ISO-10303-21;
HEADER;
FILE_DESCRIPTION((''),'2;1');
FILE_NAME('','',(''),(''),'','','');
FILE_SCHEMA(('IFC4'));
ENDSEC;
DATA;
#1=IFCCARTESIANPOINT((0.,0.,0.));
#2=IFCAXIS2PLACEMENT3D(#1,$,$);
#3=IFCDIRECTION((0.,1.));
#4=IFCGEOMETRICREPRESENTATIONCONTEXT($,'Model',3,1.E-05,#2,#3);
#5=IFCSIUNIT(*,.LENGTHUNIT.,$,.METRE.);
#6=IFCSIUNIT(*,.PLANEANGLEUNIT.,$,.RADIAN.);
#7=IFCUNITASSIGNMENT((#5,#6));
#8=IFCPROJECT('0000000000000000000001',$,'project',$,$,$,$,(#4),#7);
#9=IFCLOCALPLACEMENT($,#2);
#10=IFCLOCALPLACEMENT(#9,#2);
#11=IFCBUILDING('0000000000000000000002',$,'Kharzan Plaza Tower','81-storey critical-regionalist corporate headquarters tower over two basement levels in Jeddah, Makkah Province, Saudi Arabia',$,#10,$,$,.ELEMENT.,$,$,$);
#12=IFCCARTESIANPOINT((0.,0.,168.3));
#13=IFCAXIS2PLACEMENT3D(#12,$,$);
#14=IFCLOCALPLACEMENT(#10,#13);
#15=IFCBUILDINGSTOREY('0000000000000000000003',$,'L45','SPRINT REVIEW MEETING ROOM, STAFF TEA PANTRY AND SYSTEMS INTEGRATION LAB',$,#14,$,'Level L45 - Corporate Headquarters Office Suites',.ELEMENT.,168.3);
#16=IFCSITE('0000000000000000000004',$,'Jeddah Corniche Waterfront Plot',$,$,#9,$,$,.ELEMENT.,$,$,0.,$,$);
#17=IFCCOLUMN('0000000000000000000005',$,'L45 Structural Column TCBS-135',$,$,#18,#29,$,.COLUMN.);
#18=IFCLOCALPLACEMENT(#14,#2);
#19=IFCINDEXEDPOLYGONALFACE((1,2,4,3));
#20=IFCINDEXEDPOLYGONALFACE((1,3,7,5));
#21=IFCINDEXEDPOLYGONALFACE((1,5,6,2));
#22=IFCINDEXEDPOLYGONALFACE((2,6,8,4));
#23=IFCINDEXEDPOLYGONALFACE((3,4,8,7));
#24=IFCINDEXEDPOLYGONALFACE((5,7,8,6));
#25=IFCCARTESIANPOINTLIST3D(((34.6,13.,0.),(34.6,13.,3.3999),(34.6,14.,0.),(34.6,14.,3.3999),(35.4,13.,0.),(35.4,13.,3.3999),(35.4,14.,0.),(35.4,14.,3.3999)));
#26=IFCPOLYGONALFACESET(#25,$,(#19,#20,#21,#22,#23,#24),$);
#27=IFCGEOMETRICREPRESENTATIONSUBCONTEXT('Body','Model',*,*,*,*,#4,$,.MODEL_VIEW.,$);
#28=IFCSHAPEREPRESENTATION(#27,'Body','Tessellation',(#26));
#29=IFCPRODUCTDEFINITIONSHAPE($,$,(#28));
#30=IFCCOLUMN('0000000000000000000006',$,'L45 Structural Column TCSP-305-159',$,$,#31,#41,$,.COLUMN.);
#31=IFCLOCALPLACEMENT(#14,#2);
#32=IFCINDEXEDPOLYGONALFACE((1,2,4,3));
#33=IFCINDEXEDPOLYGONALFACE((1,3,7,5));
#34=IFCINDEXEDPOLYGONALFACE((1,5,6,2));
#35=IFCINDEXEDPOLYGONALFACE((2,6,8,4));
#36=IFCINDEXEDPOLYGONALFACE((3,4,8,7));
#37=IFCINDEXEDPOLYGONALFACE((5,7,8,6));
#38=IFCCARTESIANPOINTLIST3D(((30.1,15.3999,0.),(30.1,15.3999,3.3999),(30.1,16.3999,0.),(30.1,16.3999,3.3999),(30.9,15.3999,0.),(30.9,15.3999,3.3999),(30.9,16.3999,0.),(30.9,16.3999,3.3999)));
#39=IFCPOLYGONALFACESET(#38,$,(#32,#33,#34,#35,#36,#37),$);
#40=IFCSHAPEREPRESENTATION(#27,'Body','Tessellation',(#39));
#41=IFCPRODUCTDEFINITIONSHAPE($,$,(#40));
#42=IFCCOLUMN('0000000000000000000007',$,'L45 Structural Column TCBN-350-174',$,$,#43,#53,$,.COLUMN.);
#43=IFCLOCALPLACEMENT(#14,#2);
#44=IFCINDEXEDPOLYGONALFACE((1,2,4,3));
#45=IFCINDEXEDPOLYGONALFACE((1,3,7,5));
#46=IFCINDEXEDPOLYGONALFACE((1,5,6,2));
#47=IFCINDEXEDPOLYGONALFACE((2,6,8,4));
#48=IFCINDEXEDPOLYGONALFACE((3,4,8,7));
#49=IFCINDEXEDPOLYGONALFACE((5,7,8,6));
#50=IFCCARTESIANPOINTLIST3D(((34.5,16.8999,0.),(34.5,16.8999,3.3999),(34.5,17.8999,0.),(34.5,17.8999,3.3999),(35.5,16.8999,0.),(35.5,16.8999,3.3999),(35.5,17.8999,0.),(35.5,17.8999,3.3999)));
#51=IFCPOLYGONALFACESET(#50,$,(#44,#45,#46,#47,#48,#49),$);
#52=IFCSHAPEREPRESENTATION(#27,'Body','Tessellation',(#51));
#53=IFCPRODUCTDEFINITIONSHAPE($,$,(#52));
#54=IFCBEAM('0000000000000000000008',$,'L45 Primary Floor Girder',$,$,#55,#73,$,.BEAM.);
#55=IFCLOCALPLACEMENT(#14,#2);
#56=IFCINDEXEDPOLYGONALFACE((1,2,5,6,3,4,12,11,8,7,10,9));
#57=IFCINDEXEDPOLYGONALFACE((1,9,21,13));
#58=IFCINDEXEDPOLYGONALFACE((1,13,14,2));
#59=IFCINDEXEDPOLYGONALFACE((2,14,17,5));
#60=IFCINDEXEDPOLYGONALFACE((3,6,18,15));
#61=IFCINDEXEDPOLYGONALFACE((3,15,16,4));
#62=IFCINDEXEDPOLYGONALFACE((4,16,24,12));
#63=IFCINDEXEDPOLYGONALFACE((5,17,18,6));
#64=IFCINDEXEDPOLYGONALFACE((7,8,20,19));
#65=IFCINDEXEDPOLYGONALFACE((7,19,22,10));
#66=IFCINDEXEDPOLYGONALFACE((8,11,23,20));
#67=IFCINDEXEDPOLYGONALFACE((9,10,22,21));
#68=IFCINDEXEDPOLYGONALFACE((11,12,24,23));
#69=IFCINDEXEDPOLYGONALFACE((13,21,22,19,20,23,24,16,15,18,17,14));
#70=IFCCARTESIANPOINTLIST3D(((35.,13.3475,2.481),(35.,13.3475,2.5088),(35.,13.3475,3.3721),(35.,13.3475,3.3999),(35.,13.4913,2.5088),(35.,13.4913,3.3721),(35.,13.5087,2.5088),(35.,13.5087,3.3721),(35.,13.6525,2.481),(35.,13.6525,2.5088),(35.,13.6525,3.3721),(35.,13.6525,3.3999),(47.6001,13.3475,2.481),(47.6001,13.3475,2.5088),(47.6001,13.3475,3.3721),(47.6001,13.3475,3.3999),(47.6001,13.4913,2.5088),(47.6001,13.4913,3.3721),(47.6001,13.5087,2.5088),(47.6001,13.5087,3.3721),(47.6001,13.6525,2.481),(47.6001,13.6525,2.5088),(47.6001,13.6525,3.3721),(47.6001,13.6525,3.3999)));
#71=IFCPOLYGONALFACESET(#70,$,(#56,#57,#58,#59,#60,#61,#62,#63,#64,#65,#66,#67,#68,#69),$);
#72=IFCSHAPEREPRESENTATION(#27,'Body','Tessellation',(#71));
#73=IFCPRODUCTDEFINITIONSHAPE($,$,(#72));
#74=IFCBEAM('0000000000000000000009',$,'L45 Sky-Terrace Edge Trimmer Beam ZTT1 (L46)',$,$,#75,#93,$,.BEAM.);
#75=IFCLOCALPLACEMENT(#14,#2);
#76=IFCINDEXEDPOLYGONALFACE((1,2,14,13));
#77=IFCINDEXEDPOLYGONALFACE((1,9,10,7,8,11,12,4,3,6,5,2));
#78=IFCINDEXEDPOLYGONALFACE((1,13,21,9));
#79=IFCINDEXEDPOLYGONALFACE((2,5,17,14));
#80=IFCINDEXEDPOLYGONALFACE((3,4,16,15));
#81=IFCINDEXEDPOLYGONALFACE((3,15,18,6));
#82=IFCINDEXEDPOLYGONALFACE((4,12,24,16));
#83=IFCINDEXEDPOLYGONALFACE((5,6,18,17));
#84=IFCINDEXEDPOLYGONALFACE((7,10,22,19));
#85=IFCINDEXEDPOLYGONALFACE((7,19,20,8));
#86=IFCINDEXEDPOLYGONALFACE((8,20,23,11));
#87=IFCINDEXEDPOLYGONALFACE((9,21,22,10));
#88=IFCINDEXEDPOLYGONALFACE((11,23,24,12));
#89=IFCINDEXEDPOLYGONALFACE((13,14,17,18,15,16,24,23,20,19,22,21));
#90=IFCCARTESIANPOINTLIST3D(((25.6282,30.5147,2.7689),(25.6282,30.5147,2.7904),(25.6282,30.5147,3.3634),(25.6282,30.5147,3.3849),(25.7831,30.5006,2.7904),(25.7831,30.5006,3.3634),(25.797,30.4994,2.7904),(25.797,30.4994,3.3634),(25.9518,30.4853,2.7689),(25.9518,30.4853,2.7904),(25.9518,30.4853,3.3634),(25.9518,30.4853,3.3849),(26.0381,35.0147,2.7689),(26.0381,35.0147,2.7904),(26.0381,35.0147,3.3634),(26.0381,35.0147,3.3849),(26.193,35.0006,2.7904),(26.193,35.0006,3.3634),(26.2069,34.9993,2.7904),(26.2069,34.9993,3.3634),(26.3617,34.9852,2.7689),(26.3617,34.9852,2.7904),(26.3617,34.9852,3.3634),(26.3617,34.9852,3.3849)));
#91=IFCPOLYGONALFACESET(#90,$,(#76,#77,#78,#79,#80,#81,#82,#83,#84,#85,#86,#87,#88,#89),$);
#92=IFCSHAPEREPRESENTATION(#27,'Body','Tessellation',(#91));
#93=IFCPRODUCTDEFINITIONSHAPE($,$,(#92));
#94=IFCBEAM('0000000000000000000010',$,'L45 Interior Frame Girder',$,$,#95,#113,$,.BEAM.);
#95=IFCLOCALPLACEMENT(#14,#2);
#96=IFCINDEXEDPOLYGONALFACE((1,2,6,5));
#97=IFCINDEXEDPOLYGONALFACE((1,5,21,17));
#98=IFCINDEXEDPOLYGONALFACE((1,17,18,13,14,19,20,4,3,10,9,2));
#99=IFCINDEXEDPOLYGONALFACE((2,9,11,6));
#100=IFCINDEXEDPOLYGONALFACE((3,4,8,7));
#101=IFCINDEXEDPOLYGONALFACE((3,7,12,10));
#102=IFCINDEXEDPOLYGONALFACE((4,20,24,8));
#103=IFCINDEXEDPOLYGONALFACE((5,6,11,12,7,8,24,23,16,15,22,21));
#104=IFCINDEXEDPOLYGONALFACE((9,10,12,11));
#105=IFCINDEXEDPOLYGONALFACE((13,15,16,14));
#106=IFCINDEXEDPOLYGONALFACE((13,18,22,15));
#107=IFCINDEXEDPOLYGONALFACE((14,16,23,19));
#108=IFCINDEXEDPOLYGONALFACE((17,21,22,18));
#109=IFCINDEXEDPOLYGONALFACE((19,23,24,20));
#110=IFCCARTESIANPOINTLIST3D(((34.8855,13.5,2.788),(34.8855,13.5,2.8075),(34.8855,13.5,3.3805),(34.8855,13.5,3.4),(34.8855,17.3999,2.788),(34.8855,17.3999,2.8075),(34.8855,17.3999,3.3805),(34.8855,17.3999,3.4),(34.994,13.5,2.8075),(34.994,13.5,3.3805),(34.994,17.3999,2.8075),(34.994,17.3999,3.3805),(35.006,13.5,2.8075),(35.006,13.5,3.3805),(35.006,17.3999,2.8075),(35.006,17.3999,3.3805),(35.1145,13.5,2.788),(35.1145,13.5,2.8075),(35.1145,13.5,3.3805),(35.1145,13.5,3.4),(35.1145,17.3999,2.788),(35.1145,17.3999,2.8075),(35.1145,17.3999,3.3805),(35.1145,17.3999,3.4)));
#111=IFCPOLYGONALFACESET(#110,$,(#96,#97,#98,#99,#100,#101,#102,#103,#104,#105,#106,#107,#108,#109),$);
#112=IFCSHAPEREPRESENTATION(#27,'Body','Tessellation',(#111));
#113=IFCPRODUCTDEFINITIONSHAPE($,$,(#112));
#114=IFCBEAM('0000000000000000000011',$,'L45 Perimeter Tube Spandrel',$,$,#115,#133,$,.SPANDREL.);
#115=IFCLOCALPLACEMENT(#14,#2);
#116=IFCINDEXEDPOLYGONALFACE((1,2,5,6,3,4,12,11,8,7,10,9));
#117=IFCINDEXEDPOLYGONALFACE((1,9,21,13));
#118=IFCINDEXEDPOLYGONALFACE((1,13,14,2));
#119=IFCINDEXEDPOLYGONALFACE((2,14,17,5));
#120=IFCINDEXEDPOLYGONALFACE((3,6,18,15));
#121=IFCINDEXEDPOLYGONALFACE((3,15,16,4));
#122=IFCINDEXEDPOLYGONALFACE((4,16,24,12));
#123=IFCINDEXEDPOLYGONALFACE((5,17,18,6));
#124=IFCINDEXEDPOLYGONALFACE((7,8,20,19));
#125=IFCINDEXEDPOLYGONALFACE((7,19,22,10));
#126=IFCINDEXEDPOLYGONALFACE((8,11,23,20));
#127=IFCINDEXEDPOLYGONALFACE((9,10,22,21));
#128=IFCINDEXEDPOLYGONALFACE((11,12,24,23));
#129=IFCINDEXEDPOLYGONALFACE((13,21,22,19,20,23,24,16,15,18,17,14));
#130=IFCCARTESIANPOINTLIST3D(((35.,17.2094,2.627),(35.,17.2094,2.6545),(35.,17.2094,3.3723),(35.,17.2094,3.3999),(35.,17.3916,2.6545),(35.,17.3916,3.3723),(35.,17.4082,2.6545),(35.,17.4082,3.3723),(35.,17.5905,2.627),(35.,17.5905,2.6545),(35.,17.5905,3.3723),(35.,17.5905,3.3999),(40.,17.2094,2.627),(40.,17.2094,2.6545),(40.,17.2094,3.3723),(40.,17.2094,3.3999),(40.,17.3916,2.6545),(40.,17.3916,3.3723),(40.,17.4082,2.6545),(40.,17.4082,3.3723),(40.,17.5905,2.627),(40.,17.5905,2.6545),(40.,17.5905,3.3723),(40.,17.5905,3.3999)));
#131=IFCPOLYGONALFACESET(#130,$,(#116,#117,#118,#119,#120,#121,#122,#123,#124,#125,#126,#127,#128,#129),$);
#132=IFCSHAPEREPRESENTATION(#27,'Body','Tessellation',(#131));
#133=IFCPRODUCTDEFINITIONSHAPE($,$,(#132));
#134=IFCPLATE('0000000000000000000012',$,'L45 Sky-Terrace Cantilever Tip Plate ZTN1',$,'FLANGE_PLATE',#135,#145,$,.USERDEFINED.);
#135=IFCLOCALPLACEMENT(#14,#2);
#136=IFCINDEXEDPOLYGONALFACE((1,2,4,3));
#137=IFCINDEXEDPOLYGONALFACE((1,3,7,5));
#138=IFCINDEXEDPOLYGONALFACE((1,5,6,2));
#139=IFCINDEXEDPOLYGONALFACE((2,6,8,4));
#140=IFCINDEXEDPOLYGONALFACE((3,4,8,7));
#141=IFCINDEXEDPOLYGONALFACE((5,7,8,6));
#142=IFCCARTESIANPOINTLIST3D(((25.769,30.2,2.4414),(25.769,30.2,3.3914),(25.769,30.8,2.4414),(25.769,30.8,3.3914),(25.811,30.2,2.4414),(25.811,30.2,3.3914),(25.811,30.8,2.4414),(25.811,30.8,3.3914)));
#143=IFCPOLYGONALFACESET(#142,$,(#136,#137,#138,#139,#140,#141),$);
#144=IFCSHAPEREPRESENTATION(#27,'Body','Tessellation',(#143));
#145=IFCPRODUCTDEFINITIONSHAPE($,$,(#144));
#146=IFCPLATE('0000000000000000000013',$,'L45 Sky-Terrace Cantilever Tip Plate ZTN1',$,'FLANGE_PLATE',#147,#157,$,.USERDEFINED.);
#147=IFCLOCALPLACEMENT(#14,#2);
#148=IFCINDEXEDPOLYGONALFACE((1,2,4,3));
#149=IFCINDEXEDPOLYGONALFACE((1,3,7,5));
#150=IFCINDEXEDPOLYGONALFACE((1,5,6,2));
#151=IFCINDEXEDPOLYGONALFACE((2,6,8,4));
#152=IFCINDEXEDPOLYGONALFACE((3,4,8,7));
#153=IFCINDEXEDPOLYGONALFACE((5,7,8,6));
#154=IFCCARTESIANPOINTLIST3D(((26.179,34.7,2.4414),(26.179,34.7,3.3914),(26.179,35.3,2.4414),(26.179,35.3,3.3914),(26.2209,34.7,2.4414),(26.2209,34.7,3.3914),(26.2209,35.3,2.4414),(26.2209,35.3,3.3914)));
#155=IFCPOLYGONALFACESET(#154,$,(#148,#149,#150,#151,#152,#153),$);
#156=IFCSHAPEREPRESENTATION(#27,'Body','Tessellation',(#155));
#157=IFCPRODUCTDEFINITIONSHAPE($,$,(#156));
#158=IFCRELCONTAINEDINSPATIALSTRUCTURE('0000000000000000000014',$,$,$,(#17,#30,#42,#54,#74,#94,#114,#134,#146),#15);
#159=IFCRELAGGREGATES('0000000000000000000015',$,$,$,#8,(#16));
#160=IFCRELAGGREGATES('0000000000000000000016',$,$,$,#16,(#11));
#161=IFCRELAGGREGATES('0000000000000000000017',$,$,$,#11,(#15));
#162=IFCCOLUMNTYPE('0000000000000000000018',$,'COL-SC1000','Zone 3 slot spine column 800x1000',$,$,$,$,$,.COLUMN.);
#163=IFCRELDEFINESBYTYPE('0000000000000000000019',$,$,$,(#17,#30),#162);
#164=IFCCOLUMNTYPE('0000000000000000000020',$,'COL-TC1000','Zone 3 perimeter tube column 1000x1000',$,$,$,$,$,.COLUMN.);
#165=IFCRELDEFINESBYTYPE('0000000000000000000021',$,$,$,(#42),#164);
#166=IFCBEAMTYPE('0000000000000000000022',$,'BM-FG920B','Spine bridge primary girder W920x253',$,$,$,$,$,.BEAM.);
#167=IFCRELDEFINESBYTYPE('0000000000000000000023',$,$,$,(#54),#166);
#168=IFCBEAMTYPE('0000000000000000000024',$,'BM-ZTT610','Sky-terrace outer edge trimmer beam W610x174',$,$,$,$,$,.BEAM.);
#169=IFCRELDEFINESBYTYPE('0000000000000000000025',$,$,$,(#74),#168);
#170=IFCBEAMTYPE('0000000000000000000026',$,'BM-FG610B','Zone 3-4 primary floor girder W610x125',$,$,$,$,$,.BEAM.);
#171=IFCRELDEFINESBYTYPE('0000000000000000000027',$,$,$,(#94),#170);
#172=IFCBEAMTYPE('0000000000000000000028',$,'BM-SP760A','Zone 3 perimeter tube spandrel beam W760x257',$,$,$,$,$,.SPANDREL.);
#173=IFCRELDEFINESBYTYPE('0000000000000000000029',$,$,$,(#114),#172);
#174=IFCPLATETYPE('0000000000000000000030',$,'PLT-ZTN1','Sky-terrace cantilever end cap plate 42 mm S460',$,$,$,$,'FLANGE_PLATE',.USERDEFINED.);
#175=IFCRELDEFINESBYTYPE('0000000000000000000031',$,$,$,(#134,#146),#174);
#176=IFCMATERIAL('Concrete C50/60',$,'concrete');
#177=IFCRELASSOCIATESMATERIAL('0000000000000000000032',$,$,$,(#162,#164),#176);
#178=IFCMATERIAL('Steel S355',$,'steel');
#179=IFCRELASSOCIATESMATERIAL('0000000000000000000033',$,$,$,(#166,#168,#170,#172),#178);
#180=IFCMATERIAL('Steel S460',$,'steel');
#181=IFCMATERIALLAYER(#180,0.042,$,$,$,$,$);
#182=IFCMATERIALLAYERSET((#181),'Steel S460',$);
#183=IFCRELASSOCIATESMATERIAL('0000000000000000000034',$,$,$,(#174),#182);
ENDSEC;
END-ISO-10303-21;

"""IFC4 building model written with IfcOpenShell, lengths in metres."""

from ifc_helpers import new_model, si_unit, direction, frame, origin, origin_2d, place, context, subcontext, project, spatial, rectangle, i_section, extrude, source, transform, mapped, material, layer, layer_set, material_profile, profile_set, type_object, element, save


model = new_model("IFC4")

# Units and contexts
model_context = context("Model", 3, precision=1e-05, world=origin(), true_north=direction((0.0, 1.0)))
body_context = subcontext(model_context, "Body", "Model", "MODEL_VIEW")
ifc_project = project(units=[si_unit("LENGTHUNIT", "METRE"), si_unit("PLANEANGLEUNIT", "RADIAN")], contexts=[model_context])

# Site, building, storey
site_placement = place(None, origin())
site = spatial("IfcSite", under=ifc_project, at=site_placement, Name="Jeddah Corniche Waterfront Plot", CompositionType="ELEMENT", RefElevation=0.0)
building_placement = place(site_placement, origin())
building = spatial("IfcBuilding", under=site, at=building_placement, Name="Kharzan Plaza Tower", Description="81-storey critical-regionalist corporate headquarters tower over two basement levels in Jeddah, Makkah Province, Saudi Arabia", CompositionType="ELEMENT")
storey_placement = place(building_placement, frame((0.0, 0.0, 168.3)))
storey = spatial("IfcBuildingStorey", under=building, at=storey_placement, Name="L45", Description="SPRINT REVIEW MEETING ROOM, STAFF TEA PANTRY AND SYSTEMS INTEGRATION LAB", LongName="Level L45 - Corporate Headquarters Office Suites", CompositionType="ELEMENT", Elevation=168.3)

# Columns
ifc_material_1 = material(Name="Concrete C50/60", Category="concrete")
ifc_material_profile_1 = material_profile(ifc_material_1, rectangle(XDim=0.8, YDim=1.0, at=origin_2d()), Name="RC-SC1000x800")
ifc_profile_set_1 = profile_set([ifc_material_profile_1], Name="Concrete C50/60")
column_type_1 = type_object("IfcColumnType", Name="COL-SC1000", Description="Zone 3 slot spine column 800x1000", PredefinedType="COLUMN", material=ifc_profile_set_1)
shared_shape_1 = source(origin(), body_context, "Body", "SweptSolid", [
    extrude(rectangle(XDim=0.8, YDim=1.0, at=origin_2d()), origin(), (0.0, 0.0, 1.0), 3.3999),
])
for number, where, z_axis, x_axis, name in (
    (1, (35.0, 13.5, 0.0), (0.0, 0.0, 1.0), (1.0, 0.0, 0.0), "L45 Structural Column TCBS-135"),
    (2, (30.5, 15.8999, 0.0), (0.0, 0.0, 1.0), (1.0, 0.0, 0.0), "L45 Structural Column TCSP-305-159"),
):
    element("IfcColumn", number, at=place(storey_placement, frame(where, z_axis=z_axis, x_axis=x_axis)), inside=storey, type_object=column_type_1, Name=name, PredefinedType="COLUMN", context=body_context, shape_type="MappedRepresentation", body=[
        mapped(shared_shape_1, transform((0.0, 0.0, 0.0), x_axis=(1.0, 0.0, 0.0), y_axis=(0.0, 1.0, 0.0), z_axis=(0.0, 0.0, 1.0))),
    ])
ifc_material_profile_2 = material_profile(ifc_material_1, rectangle(XDim=1.0, YDim=1.0, at=origin_2d()), Name="RC-TC1000x1000")
ifc_profile_set_2 = profile_set([ifc_material_profile_2], Name="Concrete C50/60")
column_type_2 = type_object("IfcColumnType", Name="COL-TC1000", Description="Zone 3 perimeter tube column 1000x1000", PredefinedType="COLUMN", material=ifc_profile_set_2)
shared_shape_2 = source(origin(), body_context, "Body", "SweptSolid", [
    extrude(rectangle(XDim=1.0, YDim=1.0, at=origin_2d()), origin(), (0.0, 0.0, 1.0), 3.3999),
])
column_placement = place(storey_placement, frame((35.0, 17.3999, 0.0), z_axis=(0.0, 0.0, 1.0), x_axis=(1.0, 0.0, 0.0)))
element("IfcColumn", 3, at=column_placement, inside=storey, type_object=column_type_2, Name="L45 Structural Column TCBN-350-174", PredefinedType="COLUMN", context=body_context, shape_type="MappedRepresentation", body=[
    mapped(shared_shape_2, transform((0.0, 0.0, 0.0), x_axis=(1.0, 0.0, 0.0), y_axis=(0.0, 1.0, 0.0), z_axis=(0.0, 0.0, 1.0))),
])

# Beams
ifc_material_2 = material(Name="Steel S355", Category="steel")
ifc_material_profile_3 = material_profile(ifc_material_2, i_section(OverallWidth=0.3049, OverallDepth=0.9189, WebThickness=0.0173, FlangeThickness=0.0278, at=origin_2d()), Name="W920x253")
ifc_profile_set_3 = profile_set([ifc_material_profile_3], Name="Steel S355")
beam_type_1 = type_object("IfcBeamType", Name="BM-FG920B", Description="Spine bridge primary girder W920x253", PredefinedType="BEAM", material=ifc_profile_set_3)
shared_shape_3 = source(origin(), body_context, "Body", "SweptSolid", [
    extrude(i_section(OverallWidth=0.3049, OverallDepth=0.9189, WebThickness=0.0173, FlangeThickness=0.0278, at=origin_2d()), origin(), (0.0, 0.0, 1.0), 12.6001),
])
beam_1_placement = place(storey_placement, frame((35.0, 13.5, 2.9404), z_axis=(1.0, 0.0, 0.0), x_axis=(0.0, 1.0, 0.0)))
element("IfcBeam", 4, at=beam_1_placement, inside=storey, type_object=beam_type_1, Name="L45 Primary Floor Girder", PredefinedType="BEAM", context=body_context, shape_type="MappedRepresentation", body=[
    mapped(shared_shape_3, transform((0.0, 0.0, 0.0), x_axis=(1.0, 0.0, 0.0), y_axis=(0.0, 1.0, 0.0), z_axis=(0.0, 0.0, 1.0))),
])
ifc_material_profile_4 = material_profile(ifc_material_2, i_section(OverallWidth=0.325, OverallDepth=0.616, WebThickness=0.0139, FlangeThickness=0.0215, at=origin_2d()), Name="W610x174")
ifc_profile_set_4 = profile_set([ifc_material_profile_4], Name="Steel S355")
beam_type_2 = type_object("IfcBeamType", Name="BM-ZTT610", Description="Sky-terrace outer edge trimmer beam W610x174", PredefinedType="BEAM", material=ifc_profile_set_4)
shared_shape_4 = source(origin(), body_context, "Body", "SweptSolid", [
    extrude(i_section(OverallWidth=0.325, OverallDepth=0.616, WebThickness=0.0139, FlangeThickness=0.0215, at=origin_2d()), origin(), (0.0, 0.0, 1.0), 4.5186),
])
beam_2_placement = place(storey_placement, frame((25.79, 30.5, 3.0769), z_axis=(0.090716, 0.995877, 0.0), x_axis=(-0.995877, 0.090716, 0.0)))
element("IfcBeam", 5, at=beam_2_placement, inside=storey, type_object=beam_type_2, Name="L45 Sky-Terrace Edge Trimmer Beam ZTT1 (L46)", PredefinedType="BEAM", context=body_context, shape_type="MappedRepresentation", body=[
    mapped(shared_shape_4, transform((0.0, 0.0, 0.0), x_axis=(1.0, 0.0, 0.0), y_axis=(0.0, 1.0, 0.0), z_axis=(0.0, 0.0, 1.0))),
])
ifc_material_profile_5 = material_profile(ifc_material_2, i_section(OverallWidth=0.229, OverallDepth=0.6121, WebThickness=0.012, FlangeThickness=0.0195, at=origin_2d()), Name="W610x125")
ifc_profile_set_5 = profile_set([ifc_material_profile_5], Name="Steel S355")
beam_type_3 = type_object("IfcBeamType", Name="BM-FG610B", Description="Zone 3-4 primary floor girder W610x125", PredefinedType="BEAM", material=ifc_profile_set_5)
shared_shape_5 = source(origin(), body_context, "Body", "SweptSolid", [
    extrude(i_section(OverallWidth=0.229, OverallDepth=0.6121, WebThickness=0.012, FlangeThickness=0.0195, at=origin_2d()), origin(), (0.0, 0.0, 1.0), 3.8999),
])
beam_3_placement = place(storey_placement, frame((35.0, 13.5, 3.094), z_axis=(0.0, 1.0, 0.0), x_axis=(-1.0, 0.0, 0.0)))
element("IfcBeam", 6, at=beam_3_placement, inside=storey, type_object=beam_type_3, Name="L45 Interior Frame Girder", PredefinedType="BEAM", context=body_context, shape_type="MappedRepresentation", body=[
    mapped(shared_shape_5, transform((0.0, 0.0, 0.0), x_axis=(1.0, 0.0, 0.0), y_axis=(0.0, 1.0, 0.0), z_axis=(0.0, 0.0, 1.0))),
])
ifc_material_profile_6 = material_profile(ifc_material_2, i_section(OverallWidth=0.3811, OverallDepth=0.7729, WebThickness=0.0166, FlangeThickness=0.0276, at=origin_2d()), Name="W760x257")
ifc_profile_set_6 = profile_set([ifc_material_profile_6], Name="Steel S355")
beam_type_4 = type_object("IfcBeamType", Name="BM-SP760A", Description="Zone 3 perimeter tube spandrel beam W760x257", PredefinedType="SPANDREL", material=ifc_profile_set_6)
shared_shape_6 = source(origin(), body_context, "Body", "SweptSolid", [
    extrude(i_section(OverallWidth=0.3811, OverallDepth=0.7729, WebThickness=0.0166, FlangeThickness=0.0276, at=origin_2d()), origin(), (0.0, 0.0, 1.0), 5.0),
])
beam_4_placement = place(storey_placement, frame((35.0, 17.3999, 3.0134), z_axis=(1.0, 0.0, 0.0), x_axis=(0.0, 1.0, 0.0)))
element("IfcBeam", 7, at=beam_4_placement, inside=storey, type_object=beam_type_4, Name="L45 Perimeter Tube Spandrel", PredefinedType="SPANDREL", context=body_context, shape_type="MappedRepresentation", body=[
    mapped(shared_shape_6, transform((0.0, 0.0, 0.0), x_axis=(1.0, 0.0, 0.0), y_axis=(0.0, 1.0, 0.0), z_axis=(0.0, 0.0, 1.0))),
])

# Plates
ifc_material_3 = material(Name="Steel S460", Category="steel")
ifc_layer_1 = layer(ifc_material_3, 0.042)
ifc_layer_set_1 = layer_set([ifc_layer_1], Name="Steel S460")
plate_type = type_object("IfcPlateType", Name="PLT-ZTN1", Description="Sky-terrace cantilever end cap plate 42 mm S460", ElementType="FLANGE_PLATE", PredefinedType="USERDEFINED", material=ifc_layer_set_1)
shared_shape_7 = source(origin(), body_context, "Body", "SweptSolid", [
    extrude(rectangle(XDim=0.6001, YDim=0.042, at=origin_2d()), origin(), (0.0, 0.0, 1.0), 0.95),
])
for number, where, z_axis, x_axis, name in (
    (8, (25.79, 30.5, 2.4414), (0.0, 0.0, 1.0), (0.0, 1.0, 0.0), "L45 Sky-Terrace Cantilever Tip Plate ZTN1"),
    (9, (26.2, 35.0, 2.4414), (0.0, 0.0, 1.0), (0.0, 1.0, 0.0), "L45 Sky-Terrace Cantilever Tip Plate ZTN1"),
):
    element("IfcPlate", number, at=place(storey_placement, frame(where, z_axis=z_axis, x_axis=x_axis)), inside=storey, type_object=plate_type, Name=name, ObjectType="FLANGE_PLATE", PredefinedType="USERDEFINED", context=body_context, shape_type="MappedRepresentation", body=[
        mapped(shared_shape_7, transform((0.0, 0.0, 0.0), x_axis=(1.0, 0.0, 0.0), y_axis=(0.0, 1.0, 0.0), z_axis=(0.0, 0.0, 1.0))),
    ])

save(model, "model.ifc")
